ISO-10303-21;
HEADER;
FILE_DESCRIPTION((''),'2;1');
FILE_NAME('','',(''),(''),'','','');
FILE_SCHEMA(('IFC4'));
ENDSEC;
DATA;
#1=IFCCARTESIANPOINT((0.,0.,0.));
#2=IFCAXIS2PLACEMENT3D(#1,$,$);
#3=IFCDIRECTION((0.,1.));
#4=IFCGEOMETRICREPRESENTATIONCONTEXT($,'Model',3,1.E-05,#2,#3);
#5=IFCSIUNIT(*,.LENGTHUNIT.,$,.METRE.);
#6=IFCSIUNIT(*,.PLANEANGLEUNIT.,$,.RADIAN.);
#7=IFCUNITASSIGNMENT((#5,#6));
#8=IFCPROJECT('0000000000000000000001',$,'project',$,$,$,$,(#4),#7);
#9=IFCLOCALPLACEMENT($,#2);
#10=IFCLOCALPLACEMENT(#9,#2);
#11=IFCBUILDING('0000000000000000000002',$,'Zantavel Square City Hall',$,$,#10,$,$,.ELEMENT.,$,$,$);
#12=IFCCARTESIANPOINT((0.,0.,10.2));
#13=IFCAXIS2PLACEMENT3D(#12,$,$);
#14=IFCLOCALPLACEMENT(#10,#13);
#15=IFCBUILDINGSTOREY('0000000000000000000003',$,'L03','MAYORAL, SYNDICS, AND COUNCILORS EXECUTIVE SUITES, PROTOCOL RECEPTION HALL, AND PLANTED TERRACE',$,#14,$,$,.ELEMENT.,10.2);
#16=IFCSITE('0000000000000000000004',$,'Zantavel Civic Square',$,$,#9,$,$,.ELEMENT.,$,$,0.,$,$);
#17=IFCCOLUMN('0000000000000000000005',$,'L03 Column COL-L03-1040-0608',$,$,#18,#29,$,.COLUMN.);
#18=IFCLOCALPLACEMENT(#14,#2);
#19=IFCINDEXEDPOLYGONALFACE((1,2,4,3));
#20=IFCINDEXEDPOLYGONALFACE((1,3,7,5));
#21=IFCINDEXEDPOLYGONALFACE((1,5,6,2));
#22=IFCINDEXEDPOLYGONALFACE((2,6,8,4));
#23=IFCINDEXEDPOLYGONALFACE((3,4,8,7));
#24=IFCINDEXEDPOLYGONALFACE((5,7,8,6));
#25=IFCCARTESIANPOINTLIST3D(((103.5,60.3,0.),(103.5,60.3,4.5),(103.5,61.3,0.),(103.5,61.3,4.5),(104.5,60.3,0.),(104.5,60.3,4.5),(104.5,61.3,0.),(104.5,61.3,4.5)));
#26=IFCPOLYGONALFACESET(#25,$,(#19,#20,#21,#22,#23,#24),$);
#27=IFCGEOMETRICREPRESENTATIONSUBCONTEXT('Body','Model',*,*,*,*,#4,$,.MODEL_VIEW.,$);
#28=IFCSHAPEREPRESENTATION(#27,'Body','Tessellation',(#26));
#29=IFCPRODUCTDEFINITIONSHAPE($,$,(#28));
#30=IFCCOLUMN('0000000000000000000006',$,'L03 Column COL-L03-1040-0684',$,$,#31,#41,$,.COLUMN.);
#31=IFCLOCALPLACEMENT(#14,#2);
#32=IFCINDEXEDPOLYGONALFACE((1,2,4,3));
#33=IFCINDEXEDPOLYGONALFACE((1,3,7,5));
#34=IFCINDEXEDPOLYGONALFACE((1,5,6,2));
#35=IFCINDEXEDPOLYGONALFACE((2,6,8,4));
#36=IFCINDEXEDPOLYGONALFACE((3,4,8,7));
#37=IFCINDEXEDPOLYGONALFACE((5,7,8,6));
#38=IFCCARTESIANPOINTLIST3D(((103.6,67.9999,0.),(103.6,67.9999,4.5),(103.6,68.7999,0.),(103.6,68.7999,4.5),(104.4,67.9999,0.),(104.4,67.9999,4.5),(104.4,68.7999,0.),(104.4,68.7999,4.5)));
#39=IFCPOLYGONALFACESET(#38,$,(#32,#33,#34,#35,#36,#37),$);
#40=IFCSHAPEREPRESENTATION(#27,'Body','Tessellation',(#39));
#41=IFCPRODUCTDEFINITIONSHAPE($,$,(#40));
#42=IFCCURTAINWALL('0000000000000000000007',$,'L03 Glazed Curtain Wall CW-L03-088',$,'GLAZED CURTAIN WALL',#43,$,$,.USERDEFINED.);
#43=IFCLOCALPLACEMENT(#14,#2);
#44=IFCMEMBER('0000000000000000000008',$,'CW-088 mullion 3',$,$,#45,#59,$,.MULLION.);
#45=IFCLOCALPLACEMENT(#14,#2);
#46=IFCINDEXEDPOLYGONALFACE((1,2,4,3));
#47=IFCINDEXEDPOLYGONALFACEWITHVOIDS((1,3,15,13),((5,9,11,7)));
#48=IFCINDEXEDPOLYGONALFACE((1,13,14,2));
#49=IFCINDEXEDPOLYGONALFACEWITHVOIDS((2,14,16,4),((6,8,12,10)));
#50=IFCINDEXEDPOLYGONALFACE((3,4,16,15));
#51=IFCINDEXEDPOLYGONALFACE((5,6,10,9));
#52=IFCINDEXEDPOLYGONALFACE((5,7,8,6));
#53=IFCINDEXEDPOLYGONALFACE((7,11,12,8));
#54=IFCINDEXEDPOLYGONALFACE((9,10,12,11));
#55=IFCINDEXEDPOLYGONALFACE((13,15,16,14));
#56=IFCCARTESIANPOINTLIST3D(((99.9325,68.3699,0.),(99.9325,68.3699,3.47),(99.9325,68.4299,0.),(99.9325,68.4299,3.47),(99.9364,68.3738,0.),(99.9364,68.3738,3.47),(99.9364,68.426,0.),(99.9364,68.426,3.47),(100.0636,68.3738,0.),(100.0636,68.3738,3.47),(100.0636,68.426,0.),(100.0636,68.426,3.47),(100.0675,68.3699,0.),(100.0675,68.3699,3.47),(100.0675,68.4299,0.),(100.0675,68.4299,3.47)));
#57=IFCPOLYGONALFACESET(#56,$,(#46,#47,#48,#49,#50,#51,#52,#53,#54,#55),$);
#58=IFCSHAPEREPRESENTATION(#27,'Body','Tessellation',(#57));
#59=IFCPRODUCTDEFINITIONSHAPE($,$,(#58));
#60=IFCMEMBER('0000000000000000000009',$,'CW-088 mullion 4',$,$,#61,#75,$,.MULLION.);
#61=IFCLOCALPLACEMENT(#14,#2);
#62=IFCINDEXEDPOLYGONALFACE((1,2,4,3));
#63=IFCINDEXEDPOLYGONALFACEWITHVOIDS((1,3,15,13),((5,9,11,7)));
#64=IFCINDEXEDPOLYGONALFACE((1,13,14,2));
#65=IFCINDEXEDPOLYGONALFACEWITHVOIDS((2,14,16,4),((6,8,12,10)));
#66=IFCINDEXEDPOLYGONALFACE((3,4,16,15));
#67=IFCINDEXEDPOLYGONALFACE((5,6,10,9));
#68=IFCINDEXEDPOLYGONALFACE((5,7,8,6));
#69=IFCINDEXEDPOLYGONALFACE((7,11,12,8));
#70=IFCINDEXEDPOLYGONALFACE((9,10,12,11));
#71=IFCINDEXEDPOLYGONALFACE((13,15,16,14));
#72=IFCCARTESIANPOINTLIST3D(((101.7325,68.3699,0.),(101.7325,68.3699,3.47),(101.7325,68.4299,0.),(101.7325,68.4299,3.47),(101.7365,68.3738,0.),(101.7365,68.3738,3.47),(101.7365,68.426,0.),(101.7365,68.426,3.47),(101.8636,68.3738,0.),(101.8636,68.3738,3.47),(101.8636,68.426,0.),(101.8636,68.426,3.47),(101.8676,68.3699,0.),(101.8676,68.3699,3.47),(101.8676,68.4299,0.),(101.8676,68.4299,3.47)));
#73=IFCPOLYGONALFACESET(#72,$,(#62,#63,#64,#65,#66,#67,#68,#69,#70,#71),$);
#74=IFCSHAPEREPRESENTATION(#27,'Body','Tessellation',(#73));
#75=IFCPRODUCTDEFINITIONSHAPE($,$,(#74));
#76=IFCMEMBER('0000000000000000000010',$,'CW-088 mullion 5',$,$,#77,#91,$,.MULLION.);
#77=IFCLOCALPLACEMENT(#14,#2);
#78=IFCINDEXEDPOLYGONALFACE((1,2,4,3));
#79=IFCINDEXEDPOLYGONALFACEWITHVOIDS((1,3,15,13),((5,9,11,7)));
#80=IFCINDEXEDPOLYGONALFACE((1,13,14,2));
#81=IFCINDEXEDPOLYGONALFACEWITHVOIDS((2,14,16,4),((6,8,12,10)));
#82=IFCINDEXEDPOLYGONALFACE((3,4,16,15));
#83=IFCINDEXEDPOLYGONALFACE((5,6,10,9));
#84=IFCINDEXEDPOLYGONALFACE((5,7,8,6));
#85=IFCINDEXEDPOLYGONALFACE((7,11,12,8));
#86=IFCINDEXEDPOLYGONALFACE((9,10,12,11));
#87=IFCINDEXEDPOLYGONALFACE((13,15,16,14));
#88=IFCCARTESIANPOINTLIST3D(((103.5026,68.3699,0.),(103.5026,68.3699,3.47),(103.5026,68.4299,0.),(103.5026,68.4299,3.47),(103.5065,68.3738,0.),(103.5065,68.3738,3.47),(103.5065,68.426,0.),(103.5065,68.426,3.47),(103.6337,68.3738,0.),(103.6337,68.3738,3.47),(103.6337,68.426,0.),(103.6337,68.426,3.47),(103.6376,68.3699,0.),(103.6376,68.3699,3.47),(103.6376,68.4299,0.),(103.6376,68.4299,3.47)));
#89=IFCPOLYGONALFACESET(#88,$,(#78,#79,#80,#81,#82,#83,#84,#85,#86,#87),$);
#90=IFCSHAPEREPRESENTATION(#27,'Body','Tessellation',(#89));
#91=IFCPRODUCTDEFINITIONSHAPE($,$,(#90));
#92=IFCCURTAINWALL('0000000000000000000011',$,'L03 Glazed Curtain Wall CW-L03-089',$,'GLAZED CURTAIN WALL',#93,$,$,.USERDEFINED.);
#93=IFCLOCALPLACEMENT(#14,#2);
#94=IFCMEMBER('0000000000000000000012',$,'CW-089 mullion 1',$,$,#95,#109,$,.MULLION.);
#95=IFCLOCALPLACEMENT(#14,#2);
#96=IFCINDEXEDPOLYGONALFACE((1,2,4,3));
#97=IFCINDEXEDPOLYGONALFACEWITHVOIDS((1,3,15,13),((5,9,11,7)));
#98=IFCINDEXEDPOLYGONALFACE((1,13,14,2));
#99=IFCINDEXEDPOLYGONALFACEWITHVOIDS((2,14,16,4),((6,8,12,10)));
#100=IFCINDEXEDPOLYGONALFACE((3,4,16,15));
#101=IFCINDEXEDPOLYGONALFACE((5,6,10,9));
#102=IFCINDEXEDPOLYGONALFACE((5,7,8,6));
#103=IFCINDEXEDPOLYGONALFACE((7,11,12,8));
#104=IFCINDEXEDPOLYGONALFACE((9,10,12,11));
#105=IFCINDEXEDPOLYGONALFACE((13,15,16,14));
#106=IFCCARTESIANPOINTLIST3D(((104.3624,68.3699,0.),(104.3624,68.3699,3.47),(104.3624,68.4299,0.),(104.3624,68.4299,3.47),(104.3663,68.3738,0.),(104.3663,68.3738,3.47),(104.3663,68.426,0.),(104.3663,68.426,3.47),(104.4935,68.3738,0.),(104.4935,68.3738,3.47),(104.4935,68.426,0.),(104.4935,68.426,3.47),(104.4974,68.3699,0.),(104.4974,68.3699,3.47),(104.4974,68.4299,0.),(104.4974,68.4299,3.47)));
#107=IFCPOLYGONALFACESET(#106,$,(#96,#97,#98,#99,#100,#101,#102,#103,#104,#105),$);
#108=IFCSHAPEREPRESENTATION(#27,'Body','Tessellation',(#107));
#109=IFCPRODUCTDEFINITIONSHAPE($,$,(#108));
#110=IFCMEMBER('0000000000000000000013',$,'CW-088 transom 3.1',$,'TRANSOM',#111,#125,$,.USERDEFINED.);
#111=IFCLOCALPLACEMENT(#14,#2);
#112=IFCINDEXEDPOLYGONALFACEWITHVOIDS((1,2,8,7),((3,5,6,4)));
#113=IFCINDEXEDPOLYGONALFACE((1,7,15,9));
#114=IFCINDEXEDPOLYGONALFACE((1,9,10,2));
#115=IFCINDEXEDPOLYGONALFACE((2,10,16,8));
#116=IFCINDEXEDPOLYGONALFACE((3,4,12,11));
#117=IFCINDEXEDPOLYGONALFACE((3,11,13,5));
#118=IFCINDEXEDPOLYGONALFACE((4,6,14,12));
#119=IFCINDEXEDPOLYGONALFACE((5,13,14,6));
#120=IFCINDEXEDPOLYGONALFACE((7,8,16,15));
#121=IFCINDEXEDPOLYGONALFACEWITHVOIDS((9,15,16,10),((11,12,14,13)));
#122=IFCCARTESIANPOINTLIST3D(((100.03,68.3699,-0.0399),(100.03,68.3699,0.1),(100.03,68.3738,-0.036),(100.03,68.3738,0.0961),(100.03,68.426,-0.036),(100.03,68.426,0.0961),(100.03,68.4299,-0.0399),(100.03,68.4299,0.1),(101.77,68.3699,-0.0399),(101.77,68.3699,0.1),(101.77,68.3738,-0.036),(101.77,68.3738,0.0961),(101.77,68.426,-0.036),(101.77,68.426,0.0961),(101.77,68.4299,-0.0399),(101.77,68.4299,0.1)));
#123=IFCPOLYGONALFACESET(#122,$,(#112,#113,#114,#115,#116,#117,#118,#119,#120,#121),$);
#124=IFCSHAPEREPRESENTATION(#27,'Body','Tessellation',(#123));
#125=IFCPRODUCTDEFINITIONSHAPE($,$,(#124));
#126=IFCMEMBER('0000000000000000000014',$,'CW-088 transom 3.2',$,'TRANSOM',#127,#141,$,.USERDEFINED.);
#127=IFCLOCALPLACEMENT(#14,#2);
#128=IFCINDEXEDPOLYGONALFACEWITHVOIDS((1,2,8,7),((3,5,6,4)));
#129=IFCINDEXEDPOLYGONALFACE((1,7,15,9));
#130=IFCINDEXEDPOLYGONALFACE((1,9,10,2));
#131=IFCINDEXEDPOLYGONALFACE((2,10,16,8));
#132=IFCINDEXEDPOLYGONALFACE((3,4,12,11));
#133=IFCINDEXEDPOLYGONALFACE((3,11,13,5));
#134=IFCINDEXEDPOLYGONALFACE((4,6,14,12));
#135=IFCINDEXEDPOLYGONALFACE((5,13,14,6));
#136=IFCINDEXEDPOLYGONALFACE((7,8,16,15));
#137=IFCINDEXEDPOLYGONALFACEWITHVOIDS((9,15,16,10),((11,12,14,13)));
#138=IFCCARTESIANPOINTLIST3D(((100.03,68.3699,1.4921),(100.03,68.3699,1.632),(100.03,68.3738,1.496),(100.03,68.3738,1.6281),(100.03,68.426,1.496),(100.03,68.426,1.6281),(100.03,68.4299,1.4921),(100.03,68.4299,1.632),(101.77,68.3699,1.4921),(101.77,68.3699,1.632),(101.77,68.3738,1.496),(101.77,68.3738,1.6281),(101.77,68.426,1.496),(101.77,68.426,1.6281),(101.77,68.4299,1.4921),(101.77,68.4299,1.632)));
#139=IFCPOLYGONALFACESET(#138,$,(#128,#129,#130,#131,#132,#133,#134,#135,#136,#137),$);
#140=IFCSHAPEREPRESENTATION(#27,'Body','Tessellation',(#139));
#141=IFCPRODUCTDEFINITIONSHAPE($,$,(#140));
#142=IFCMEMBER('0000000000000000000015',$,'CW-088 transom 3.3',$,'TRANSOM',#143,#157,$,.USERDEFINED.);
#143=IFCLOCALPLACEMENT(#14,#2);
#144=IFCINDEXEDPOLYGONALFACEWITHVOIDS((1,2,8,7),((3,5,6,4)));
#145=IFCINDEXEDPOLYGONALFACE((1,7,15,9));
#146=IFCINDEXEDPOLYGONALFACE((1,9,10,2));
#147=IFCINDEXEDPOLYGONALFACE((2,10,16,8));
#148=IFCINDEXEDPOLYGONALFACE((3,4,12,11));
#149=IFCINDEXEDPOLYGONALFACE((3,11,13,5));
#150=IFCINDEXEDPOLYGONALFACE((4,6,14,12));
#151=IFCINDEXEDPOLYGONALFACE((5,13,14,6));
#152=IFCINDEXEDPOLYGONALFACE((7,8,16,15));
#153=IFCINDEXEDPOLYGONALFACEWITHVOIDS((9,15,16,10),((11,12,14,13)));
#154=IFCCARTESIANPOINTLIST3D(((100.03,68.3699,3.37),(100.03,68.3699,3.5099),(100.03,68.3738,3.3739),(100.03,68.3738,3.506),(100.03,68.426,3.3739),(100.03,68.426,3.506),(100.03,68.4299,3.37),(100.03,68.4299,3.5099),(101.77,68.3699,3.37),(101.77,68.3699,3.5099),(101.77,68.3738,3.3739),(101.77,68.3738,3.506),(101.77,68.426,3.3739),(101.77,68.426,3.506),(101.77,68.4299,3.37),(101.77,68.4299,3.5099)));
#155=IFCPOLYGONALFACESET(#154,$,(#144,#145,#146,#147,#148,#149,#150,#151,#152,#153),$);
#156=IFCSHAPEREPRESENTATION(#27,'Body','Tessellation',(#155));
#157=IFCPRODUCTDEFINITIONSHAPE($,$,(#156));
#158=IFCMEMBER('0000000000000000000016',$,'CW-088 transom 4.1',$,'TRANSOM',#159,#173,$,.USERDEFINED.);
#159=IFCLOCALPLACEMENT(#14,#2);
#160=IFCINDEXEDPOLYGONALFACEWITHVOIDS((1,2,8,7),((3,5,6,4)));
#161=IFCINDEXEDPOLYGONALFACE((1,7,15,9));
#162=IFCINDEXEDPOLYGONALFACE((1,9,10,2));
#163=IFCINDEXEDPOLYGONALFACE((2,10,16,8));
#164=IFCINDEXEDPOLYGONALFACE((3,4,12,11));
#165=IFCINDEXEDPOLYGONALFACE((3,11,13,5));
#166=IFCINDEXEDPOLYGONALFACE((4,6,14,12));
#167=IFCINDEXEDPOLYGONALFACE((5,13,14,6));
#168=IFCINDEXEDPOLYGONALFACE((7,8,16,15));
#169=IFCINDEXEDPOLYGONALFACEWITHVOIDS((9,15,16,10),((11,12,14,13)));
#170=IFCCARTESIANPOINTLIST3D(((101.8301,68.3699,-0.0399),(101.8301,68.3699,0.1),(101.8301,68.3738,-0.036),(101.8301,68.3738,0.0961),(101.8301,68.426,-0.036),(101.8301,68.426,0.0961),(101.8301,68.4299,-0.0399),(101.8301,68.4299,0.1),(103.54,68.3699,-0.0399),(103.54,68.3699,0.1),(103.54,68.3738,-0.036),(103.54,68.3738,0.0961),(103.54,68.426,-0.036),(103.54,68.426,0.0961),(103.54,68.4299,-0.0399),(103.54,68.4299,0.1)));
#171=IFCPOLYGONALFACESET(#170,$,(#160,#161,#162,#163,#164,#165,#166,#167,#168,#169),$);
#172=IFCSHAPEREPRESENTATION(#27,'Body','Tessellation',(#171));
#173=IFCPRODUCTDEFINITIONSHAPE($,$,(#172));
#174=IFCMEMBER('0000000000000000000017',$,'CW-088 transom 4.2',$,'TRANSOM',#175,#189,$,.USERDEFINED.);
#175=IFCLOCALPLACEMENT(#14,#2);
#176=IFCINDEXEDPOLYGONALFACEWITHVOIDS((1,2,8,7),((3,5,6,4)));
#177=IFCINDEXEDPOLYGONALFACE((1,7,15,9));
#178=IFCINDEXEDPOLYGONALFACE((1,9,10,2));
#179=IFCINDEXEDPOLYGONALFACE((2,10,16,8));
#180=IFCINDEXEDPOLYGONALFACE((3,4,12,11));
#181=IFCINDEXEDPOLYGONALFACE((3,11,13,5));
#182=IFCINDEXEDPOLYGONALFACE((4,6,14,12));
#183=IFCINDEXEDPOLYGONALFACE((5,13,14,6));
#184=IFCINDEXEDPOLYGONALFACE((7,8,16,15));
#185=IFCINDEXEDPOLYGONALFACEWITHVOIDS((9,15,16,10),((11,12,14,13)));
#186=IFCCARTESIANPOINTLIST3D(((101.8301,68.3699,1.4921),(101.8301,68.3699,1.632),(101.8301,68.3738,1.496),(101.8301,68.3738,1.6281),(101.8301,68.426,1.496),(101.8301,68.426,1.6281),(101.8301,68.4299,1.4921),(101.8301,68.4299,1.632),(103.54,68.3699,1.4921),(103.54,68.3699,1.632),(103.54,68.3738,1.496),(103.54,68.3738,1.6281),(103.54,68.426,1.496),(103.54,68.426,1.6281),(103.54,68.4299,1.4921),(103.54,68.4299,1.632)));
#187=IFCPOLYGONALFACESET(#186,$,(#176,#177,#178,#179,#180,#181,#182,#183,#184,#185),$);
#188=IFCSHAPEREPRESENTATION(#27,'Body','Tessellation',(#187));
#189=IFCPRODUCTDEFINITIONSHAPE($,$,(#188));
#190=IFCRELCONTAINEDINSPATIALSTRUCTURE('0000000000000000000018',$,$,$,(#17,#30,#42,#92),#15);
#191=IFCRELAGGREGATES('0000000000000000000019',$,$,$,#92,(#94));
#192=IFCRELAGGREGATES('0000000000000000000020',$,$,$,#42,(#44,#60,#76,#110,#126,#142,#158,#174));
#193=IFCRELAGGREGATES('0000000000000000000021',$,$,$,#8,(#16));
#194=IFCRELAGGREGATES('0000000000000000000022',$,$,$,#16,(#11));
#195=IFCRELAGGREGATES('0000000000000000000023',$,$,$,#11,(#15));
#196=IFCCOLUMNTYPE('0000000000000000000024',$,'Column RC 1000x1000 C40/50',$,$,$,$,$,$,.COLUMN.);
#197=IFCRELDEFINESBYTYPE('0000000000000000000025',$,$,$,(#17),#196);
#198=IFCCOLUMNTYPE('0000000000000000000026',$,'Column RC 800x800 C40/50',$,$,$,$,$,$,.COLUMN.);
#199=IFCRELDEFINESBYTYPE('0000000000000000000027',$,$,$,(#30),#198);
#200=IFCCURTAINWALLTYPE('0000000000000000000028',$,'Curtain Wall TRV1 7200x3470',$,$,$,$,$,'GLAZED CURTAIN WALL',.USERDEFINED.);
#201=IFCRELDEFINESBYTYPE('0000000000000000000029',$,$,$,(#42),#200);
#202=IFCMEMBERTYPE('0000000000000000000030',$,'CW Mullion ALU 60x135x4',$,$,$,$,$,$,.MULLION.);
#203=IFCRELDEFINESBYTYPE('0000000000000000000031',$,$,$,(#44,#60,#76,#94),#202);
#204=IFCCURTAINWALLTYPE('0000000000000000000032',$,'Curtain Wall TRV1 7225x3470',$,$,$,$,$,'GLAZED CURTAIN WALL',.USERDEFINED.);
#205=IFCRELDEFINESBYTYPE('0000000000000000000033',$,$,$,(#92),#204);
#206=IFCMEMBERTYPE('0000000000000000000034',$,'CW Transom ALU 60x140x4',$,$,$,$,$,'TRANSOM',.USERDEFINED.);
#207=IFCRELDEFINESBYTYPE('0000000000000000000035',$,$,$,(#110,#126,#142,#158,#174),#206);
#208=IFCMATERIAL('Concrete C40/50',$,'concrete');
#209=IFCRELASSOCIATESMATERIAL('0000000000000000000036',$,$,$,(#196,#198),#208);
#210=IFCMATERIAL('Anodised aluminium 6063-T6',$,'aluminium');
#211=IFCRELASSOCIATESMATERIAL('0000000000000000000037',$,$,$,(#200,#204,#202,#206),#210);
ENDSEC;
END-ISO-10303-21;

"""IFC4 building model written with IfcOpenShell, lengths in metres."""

from ifc_helpers import new_model, si_unit, direction, frame, origin, origin_2d, place, context, subcontext, project, spatial, rectangle, hollow_rectangle, extrude, material, material_profile, profile_set, type_object, element, aggregate, save


model = new_model("IFC4")

# Units and contexts
model_context = context("Model", 3, precision=1e-05, world=origin(), true_north=direction((0.0, 1.0)))
body_context = subcontext(model_context, "Body", "Model", "MODEL_VIEW")
ifc_project = project(units=[si_unit("LENGTHUNIT", "METRE"), si_unit("PLANEANGLEUNIT", "RADIAN")], contexts=[model_context])

# Site, building, storey
site_placement = place(None, origin())
site = spatial("IfcSite", under=ifc_project, at=site_placement, Name="Zantavel Civic Square", CompositionType="ELEMENT", RefElevation=0.0)
building_placement = place(site_placement, origin())
building = spatial("IfcBuilding", under=site, at=building_placement, Name="Zantavel Square City Hall", CompositionType="ELEMENT")
storey_placement = place(building_placement, frame((0.0, 0.0, 10.2)))
storey = spatial("IfcBuildingStorey", under=building, at=storey_placement, Name="L03", Description="MAYORAL, SYNDICS, AND COUNCILORS EXECUTIVE SUITES, PROTOCOL RECEPTION HALL, AND PLANTED TERRACE", CompositionType="ELEMENT", Elevation=10.2)

# Columns
ifc_material_1 = material(Name="Concrete C40/50", Category="concrete")
ifc_material_profile_1 = material_profile(ifc_material_1, rectangle(XDim=1.0, YDim=1.0, at=origin_2d()), Name="RC 1000x1000")
ifc_profile_set_1 = profile_set([ifc_material_profile_1], Name="Concrete C40/50")
column_type_1 = type_object("IfcColumnType", Name="Column RC 1000x1000 C40/50", PredefinedType="COLUMN", material=ifc_profile_set_1)
column_1_placement = place(storey_placement, frame((104.0, 60.8, 0.0), z_axis=(0.0, 0.0, 1.0), x_axis=(1.0, 0.0, 0.0)))
element("IfcColumn", 1, at=column_1_placement, inside=storey, type_object=column_type_1, Name="L03 Column COL-L03-1040-0608", PredefinedType="COLUMN", context=body_context, shape_type="SweptSolid", body=[
    extrude(rectangle(XDim=1.0, YDim=1.0, at=origin_2d()), origin(), (0.0, 0.0, 1.0), 4.5),
])
ifc_material_profile_2 = material_profile(ifc_material_1, rectangle(XDim=0.8, YDim=0.8, at=origin_2d()), Name="RC 800x800")
ifc_profile_set_2 = profile_set([ifc_material_profile_2], Name="Concrete C40/50")
column_type_2 = type_object("IfcColumnType", Name="Column RC 800x800 C40/50", PredefinedType="COLUMN", material=ifc_profile_set_2)
column_2_placement = place(storey_placement, frame((104.0, 68.3999, 0.0), z_axis=(0.0, 0.0, 1.0), x_axis=(1.0, 0.0, 0.0)))
element("IfcColumn", 2, at=column_2_placement, inside=storey, type_object=column_type_2, Name="L03 Column COL-L03-1040-0684", PredefinedType="COLUMN", context=body_context, shape_type="SweptSolid", body=[
    extrude(rectangle(XDim=0.8, YDim=0.8, at=origin_2d()), origin(), (0.0, 0.0, 1.0), 4.5),
])

# Curtain wall, members
ifc_material_2 = material(Name="Anodised aluminium 6063-T6", Category="aluminium")
curtain_wall_type_1 = type_object("IfcCurtainWallType", Name="Curtain Wall TRV1 7200x3470", ElementType="GLAZED CURTAIN WALL", PredefinedType="USERDEFINED", material=ifc_material_2)
curtain_wall_1_placement = place(storey_placement, origin())
curtain_wall_1 = element("IfcCurtainWall", 3, at=curtain_wall_1_placement, inside=storey, type_object=curtain_wall_type_1, Name="L03 Glazed Curtain Wall CW-L03-088", ObjectType="GLAZED CURTAIN WALL", PredefinedType="USERDEFINED")
ifc_material_profile_3 = material_profile(ifc_material_2, hollow_rectangle(XDim=0.0601, YDim=0.135, WallThickness=0.0039, at=origin_2d()), Name="ALU 60x135x4")
ifc_profile_set_3 = profile_set([ifc_material_profile_3], Name="Anodised aluminium 6063-T6")
member_type_1 = type_object("IfcMemberType", Name="CW Mullion ALU 60x135x4", PredefinedType="MULLION", material=ifc_profile_set_3)
member_1_placement = place(storey_placement, frame((100.0, 68.3999, 0.0), z_axis=(0.0, 0.0, 1.0), x_axis=(0.0, 1.0, 0.0)))
member_1 = element("IfcMember", 4, at=member_1_placement, type_object=member_type_1, Name="CW-088 mullion 3", PredefinedType="MULLION", context=body_context, shape_type="SweptSolid", body=[
    extrude(hollow_rectangle(XDim=0.0601, YDim=0.135, WallThickness=0.0039, at=origin_2d()), origin(), (0.0, 0.0, 1.0), 3.47),
])
member_2_placement = place(storey_placement, frame((101.8, 68.3999, 0.0), z_axis=(0.0, 0.0, 1.0), x_axis=(0.0, 1.0, 0.0)))
member_2 = element("IfcMember", 5, at=member_2_placement, type_object=member_type_1, Name="CW-088 mullion 4", PredefinedType="MULLION", context=body_context, shape_type="SweptSolid", body=[
    extrude(hollow_rectangle(XDim=0.0601, YDim=0.135, WallThickness=0.0039, at=origin_2d()), origin(), (0.0, 0.0, 1.0), 3.47),
])
member_3_placement = place(storey_placement, frame((103.5701, 68.3999, 0.0), z_axis=(0.0, 0.0, 1.0), x_axis=(0.0, 1.0, 0.0)))
member_3 = element("IfcMember", 6, at=member_3_placement, type_object=member_type_1, Name="CW-088 mullion 5", PredefinedType="MULLION", context=body_context, shape_type="SweptSolid", body=[
    extrude(hollow_rectangle(XDim=0.0601, YDim=0.135, WallThickness=0.0039, at=origin_2d()), origin(), (0.0, 0.0, 1.0), 3.47),
])

# Curtain wall, member
curtain_wall_type_2 = type_object("IfcCurtainWallType", Name="Curtain Wall TRV1 7225x3470", ElementType="GLAZED CURTAIN WALL", PredefinedType="USERDEFINED", material=ifc_material_2)
curtain_wall_2_placement = place(storey_placement, origin())
curtain_wall_2 = element("IfcCurtainWall", 7, at=curtain_wall_2_placement, inside=storey, type_object=curtain_wall_type_2, Name="L03 Glazed Curtain Wall CW-L03-089", ObjectType="GLAZED CURTAIN WALL", PredefinedType="USERDEFINED")
member_4_placement = place(storey_placement, frame((104.4299, 68.3999, 0.0), z_axis=(0.0, 0.0, 1.0), x_axis=(0.0, 1.0, 0.0)))
member_4 = element("IfcMember", 8, at=member_4_placement, type_object=member_type_1, Name="CW-089 mullion 1", PredefinedType="MULLION", context=body_context, shape_type="SweptSolid", body=[
    extrude(hollow_rectangle(XDim=0.0601, YDim=0.135, WallThickness=0.0039, at=origin_2d()), origin(), (0.0, 0.0, 1.0), 3.47),
])

# Members
ifc_material_profile_4 = material_profile(ifc_material_2, hollow_rectangle(XDim=0.0601, YDim=0.1399, WallThickness=0.0039, at=origin_2d()), Name="ALU 60x140x4")
ifc_profile_set_4 = profile_set([ifc_material_profile_4], Name="Anodised aluminium 6063-T6")
member_type_2 = type_object("IfcMemberType", Name="CW Transom ALU 60x140x4", ElementType="TRANSOM", PredefinedType="USERDEFINED", material=ifc_profile_set_4)
member_5_placement = place(storey_placement, frame((100.03, 68.3999, 0.03), z_axis=(1.0, 0.0, 0.0), x_axis=(0.0, 1.0, 0.0)))
member_5 = element("IfcMember", 9, at=member_5_placement, type_object=member_type_2, Name="CW-088 transom 3.1", ObjectType="TRANSOM", PredefinedType="USERDEFINED", context=body_context, shape_type="SweptSolid", body=[
    extrude(hollow_rectangle(XDim=0.0601, YDim=0.1399, WallThickness=0.0039, at=origin_2d()), origin(), (0.0, 0.0, 1.0), 1.74),
])
member_6_placement = place(storey_placement, frame((100.03, 68.3999, 1.562), z_axis=(1.0, 0.0, 0.0), x_axis=(0.0, 1.0, 0.0)))
member_6 = element("IfcMember", 10, at=member_6_placement, type_object=member_type_2, Name="CW-088 transom 3.2", ObjectType="TRANSOM", PredefinedType="USERDEFINED", context=body_context, shape_type="SweptSolid", body=[
    extrude(hollow_rectangle(XDim=0.0601, YDim=0.1399, WallThickness=0.0039, at=origin_2d()), origin(), (0.0, 0.0, 1.0), 1.74),
])
member_7_placement = place(storey_placement, frame((100.03, 68.3999, 3.4399), z_axis=(1.0, 0.0, 0.0), x_axis=(0.0, 1.0, 0.0)))
member_7 = element("IfcMember", 11, at=member_7_placement, type_object=member_type_2, Name="CW-088 transom 3.3", ObjectType="TRANSOM", PredefinedType="USERDEFINED", context=body_context, shape_type="SweptSolid", body=[
    extrude(hollow_rectangle(XDim=0.0601, YDim=0.1399, WallThickness=0.0039, at=origin_2d()), origin(), (0.0, 0.0, 1.0), 1.74),
])
member_8_placement = place(storey_placement, frame((101.8301, 68.3999, 0.03), z_axis=(1.0, 0.0, 0.0), x_axis=(0.0, 1.0, 0.0)))
member_8 = element("IfcMember", 12, at=member_8_placement, type_object=member_type_2, Name="CW-088 transom 4.1", ObjectType="TRANSOM", PredefinedType="USERDEFINED", context=body_context, shape_type="SweptSolid", body=[
    extrude(hollow_rectangle(XDim=0.0601, YDim=0.1399, WallThickness=0.0039, at=origin_2d()), origin(), (0.0, 0.0, 1.0), 1.71),
])
member_9_placement = place(storey_placement, frame((101.8301, 68.3999, 1.562), z_axis=(1.0, 0.0, 0.0), x_axis=(0.0, 1.0, 0.0)))
member_9 = element("IfcMember", 13, at=member_9_placement, type_object=member_type_2, Name="CW-088 transom 4.2", ObjectType="TRANSOM", PredefinedType="USERDEFINED", context=body_context, shape_type="SweptSolid", body=[
    extrude(hollow_rectangle(XDim=0.0601, YDim=0.1399, WallThickness=0.0039, at=origin_2d()), origin(), (0.0, 0.0, 1.0), 1.71),
])
aggregate(curtain_wall_2, [member_4])

aggregate(curtain_wall_1, [member_1, member_2, member_3, member_5, member_6, member_7, member_8, member_9])

save(model, "model.ifc")
